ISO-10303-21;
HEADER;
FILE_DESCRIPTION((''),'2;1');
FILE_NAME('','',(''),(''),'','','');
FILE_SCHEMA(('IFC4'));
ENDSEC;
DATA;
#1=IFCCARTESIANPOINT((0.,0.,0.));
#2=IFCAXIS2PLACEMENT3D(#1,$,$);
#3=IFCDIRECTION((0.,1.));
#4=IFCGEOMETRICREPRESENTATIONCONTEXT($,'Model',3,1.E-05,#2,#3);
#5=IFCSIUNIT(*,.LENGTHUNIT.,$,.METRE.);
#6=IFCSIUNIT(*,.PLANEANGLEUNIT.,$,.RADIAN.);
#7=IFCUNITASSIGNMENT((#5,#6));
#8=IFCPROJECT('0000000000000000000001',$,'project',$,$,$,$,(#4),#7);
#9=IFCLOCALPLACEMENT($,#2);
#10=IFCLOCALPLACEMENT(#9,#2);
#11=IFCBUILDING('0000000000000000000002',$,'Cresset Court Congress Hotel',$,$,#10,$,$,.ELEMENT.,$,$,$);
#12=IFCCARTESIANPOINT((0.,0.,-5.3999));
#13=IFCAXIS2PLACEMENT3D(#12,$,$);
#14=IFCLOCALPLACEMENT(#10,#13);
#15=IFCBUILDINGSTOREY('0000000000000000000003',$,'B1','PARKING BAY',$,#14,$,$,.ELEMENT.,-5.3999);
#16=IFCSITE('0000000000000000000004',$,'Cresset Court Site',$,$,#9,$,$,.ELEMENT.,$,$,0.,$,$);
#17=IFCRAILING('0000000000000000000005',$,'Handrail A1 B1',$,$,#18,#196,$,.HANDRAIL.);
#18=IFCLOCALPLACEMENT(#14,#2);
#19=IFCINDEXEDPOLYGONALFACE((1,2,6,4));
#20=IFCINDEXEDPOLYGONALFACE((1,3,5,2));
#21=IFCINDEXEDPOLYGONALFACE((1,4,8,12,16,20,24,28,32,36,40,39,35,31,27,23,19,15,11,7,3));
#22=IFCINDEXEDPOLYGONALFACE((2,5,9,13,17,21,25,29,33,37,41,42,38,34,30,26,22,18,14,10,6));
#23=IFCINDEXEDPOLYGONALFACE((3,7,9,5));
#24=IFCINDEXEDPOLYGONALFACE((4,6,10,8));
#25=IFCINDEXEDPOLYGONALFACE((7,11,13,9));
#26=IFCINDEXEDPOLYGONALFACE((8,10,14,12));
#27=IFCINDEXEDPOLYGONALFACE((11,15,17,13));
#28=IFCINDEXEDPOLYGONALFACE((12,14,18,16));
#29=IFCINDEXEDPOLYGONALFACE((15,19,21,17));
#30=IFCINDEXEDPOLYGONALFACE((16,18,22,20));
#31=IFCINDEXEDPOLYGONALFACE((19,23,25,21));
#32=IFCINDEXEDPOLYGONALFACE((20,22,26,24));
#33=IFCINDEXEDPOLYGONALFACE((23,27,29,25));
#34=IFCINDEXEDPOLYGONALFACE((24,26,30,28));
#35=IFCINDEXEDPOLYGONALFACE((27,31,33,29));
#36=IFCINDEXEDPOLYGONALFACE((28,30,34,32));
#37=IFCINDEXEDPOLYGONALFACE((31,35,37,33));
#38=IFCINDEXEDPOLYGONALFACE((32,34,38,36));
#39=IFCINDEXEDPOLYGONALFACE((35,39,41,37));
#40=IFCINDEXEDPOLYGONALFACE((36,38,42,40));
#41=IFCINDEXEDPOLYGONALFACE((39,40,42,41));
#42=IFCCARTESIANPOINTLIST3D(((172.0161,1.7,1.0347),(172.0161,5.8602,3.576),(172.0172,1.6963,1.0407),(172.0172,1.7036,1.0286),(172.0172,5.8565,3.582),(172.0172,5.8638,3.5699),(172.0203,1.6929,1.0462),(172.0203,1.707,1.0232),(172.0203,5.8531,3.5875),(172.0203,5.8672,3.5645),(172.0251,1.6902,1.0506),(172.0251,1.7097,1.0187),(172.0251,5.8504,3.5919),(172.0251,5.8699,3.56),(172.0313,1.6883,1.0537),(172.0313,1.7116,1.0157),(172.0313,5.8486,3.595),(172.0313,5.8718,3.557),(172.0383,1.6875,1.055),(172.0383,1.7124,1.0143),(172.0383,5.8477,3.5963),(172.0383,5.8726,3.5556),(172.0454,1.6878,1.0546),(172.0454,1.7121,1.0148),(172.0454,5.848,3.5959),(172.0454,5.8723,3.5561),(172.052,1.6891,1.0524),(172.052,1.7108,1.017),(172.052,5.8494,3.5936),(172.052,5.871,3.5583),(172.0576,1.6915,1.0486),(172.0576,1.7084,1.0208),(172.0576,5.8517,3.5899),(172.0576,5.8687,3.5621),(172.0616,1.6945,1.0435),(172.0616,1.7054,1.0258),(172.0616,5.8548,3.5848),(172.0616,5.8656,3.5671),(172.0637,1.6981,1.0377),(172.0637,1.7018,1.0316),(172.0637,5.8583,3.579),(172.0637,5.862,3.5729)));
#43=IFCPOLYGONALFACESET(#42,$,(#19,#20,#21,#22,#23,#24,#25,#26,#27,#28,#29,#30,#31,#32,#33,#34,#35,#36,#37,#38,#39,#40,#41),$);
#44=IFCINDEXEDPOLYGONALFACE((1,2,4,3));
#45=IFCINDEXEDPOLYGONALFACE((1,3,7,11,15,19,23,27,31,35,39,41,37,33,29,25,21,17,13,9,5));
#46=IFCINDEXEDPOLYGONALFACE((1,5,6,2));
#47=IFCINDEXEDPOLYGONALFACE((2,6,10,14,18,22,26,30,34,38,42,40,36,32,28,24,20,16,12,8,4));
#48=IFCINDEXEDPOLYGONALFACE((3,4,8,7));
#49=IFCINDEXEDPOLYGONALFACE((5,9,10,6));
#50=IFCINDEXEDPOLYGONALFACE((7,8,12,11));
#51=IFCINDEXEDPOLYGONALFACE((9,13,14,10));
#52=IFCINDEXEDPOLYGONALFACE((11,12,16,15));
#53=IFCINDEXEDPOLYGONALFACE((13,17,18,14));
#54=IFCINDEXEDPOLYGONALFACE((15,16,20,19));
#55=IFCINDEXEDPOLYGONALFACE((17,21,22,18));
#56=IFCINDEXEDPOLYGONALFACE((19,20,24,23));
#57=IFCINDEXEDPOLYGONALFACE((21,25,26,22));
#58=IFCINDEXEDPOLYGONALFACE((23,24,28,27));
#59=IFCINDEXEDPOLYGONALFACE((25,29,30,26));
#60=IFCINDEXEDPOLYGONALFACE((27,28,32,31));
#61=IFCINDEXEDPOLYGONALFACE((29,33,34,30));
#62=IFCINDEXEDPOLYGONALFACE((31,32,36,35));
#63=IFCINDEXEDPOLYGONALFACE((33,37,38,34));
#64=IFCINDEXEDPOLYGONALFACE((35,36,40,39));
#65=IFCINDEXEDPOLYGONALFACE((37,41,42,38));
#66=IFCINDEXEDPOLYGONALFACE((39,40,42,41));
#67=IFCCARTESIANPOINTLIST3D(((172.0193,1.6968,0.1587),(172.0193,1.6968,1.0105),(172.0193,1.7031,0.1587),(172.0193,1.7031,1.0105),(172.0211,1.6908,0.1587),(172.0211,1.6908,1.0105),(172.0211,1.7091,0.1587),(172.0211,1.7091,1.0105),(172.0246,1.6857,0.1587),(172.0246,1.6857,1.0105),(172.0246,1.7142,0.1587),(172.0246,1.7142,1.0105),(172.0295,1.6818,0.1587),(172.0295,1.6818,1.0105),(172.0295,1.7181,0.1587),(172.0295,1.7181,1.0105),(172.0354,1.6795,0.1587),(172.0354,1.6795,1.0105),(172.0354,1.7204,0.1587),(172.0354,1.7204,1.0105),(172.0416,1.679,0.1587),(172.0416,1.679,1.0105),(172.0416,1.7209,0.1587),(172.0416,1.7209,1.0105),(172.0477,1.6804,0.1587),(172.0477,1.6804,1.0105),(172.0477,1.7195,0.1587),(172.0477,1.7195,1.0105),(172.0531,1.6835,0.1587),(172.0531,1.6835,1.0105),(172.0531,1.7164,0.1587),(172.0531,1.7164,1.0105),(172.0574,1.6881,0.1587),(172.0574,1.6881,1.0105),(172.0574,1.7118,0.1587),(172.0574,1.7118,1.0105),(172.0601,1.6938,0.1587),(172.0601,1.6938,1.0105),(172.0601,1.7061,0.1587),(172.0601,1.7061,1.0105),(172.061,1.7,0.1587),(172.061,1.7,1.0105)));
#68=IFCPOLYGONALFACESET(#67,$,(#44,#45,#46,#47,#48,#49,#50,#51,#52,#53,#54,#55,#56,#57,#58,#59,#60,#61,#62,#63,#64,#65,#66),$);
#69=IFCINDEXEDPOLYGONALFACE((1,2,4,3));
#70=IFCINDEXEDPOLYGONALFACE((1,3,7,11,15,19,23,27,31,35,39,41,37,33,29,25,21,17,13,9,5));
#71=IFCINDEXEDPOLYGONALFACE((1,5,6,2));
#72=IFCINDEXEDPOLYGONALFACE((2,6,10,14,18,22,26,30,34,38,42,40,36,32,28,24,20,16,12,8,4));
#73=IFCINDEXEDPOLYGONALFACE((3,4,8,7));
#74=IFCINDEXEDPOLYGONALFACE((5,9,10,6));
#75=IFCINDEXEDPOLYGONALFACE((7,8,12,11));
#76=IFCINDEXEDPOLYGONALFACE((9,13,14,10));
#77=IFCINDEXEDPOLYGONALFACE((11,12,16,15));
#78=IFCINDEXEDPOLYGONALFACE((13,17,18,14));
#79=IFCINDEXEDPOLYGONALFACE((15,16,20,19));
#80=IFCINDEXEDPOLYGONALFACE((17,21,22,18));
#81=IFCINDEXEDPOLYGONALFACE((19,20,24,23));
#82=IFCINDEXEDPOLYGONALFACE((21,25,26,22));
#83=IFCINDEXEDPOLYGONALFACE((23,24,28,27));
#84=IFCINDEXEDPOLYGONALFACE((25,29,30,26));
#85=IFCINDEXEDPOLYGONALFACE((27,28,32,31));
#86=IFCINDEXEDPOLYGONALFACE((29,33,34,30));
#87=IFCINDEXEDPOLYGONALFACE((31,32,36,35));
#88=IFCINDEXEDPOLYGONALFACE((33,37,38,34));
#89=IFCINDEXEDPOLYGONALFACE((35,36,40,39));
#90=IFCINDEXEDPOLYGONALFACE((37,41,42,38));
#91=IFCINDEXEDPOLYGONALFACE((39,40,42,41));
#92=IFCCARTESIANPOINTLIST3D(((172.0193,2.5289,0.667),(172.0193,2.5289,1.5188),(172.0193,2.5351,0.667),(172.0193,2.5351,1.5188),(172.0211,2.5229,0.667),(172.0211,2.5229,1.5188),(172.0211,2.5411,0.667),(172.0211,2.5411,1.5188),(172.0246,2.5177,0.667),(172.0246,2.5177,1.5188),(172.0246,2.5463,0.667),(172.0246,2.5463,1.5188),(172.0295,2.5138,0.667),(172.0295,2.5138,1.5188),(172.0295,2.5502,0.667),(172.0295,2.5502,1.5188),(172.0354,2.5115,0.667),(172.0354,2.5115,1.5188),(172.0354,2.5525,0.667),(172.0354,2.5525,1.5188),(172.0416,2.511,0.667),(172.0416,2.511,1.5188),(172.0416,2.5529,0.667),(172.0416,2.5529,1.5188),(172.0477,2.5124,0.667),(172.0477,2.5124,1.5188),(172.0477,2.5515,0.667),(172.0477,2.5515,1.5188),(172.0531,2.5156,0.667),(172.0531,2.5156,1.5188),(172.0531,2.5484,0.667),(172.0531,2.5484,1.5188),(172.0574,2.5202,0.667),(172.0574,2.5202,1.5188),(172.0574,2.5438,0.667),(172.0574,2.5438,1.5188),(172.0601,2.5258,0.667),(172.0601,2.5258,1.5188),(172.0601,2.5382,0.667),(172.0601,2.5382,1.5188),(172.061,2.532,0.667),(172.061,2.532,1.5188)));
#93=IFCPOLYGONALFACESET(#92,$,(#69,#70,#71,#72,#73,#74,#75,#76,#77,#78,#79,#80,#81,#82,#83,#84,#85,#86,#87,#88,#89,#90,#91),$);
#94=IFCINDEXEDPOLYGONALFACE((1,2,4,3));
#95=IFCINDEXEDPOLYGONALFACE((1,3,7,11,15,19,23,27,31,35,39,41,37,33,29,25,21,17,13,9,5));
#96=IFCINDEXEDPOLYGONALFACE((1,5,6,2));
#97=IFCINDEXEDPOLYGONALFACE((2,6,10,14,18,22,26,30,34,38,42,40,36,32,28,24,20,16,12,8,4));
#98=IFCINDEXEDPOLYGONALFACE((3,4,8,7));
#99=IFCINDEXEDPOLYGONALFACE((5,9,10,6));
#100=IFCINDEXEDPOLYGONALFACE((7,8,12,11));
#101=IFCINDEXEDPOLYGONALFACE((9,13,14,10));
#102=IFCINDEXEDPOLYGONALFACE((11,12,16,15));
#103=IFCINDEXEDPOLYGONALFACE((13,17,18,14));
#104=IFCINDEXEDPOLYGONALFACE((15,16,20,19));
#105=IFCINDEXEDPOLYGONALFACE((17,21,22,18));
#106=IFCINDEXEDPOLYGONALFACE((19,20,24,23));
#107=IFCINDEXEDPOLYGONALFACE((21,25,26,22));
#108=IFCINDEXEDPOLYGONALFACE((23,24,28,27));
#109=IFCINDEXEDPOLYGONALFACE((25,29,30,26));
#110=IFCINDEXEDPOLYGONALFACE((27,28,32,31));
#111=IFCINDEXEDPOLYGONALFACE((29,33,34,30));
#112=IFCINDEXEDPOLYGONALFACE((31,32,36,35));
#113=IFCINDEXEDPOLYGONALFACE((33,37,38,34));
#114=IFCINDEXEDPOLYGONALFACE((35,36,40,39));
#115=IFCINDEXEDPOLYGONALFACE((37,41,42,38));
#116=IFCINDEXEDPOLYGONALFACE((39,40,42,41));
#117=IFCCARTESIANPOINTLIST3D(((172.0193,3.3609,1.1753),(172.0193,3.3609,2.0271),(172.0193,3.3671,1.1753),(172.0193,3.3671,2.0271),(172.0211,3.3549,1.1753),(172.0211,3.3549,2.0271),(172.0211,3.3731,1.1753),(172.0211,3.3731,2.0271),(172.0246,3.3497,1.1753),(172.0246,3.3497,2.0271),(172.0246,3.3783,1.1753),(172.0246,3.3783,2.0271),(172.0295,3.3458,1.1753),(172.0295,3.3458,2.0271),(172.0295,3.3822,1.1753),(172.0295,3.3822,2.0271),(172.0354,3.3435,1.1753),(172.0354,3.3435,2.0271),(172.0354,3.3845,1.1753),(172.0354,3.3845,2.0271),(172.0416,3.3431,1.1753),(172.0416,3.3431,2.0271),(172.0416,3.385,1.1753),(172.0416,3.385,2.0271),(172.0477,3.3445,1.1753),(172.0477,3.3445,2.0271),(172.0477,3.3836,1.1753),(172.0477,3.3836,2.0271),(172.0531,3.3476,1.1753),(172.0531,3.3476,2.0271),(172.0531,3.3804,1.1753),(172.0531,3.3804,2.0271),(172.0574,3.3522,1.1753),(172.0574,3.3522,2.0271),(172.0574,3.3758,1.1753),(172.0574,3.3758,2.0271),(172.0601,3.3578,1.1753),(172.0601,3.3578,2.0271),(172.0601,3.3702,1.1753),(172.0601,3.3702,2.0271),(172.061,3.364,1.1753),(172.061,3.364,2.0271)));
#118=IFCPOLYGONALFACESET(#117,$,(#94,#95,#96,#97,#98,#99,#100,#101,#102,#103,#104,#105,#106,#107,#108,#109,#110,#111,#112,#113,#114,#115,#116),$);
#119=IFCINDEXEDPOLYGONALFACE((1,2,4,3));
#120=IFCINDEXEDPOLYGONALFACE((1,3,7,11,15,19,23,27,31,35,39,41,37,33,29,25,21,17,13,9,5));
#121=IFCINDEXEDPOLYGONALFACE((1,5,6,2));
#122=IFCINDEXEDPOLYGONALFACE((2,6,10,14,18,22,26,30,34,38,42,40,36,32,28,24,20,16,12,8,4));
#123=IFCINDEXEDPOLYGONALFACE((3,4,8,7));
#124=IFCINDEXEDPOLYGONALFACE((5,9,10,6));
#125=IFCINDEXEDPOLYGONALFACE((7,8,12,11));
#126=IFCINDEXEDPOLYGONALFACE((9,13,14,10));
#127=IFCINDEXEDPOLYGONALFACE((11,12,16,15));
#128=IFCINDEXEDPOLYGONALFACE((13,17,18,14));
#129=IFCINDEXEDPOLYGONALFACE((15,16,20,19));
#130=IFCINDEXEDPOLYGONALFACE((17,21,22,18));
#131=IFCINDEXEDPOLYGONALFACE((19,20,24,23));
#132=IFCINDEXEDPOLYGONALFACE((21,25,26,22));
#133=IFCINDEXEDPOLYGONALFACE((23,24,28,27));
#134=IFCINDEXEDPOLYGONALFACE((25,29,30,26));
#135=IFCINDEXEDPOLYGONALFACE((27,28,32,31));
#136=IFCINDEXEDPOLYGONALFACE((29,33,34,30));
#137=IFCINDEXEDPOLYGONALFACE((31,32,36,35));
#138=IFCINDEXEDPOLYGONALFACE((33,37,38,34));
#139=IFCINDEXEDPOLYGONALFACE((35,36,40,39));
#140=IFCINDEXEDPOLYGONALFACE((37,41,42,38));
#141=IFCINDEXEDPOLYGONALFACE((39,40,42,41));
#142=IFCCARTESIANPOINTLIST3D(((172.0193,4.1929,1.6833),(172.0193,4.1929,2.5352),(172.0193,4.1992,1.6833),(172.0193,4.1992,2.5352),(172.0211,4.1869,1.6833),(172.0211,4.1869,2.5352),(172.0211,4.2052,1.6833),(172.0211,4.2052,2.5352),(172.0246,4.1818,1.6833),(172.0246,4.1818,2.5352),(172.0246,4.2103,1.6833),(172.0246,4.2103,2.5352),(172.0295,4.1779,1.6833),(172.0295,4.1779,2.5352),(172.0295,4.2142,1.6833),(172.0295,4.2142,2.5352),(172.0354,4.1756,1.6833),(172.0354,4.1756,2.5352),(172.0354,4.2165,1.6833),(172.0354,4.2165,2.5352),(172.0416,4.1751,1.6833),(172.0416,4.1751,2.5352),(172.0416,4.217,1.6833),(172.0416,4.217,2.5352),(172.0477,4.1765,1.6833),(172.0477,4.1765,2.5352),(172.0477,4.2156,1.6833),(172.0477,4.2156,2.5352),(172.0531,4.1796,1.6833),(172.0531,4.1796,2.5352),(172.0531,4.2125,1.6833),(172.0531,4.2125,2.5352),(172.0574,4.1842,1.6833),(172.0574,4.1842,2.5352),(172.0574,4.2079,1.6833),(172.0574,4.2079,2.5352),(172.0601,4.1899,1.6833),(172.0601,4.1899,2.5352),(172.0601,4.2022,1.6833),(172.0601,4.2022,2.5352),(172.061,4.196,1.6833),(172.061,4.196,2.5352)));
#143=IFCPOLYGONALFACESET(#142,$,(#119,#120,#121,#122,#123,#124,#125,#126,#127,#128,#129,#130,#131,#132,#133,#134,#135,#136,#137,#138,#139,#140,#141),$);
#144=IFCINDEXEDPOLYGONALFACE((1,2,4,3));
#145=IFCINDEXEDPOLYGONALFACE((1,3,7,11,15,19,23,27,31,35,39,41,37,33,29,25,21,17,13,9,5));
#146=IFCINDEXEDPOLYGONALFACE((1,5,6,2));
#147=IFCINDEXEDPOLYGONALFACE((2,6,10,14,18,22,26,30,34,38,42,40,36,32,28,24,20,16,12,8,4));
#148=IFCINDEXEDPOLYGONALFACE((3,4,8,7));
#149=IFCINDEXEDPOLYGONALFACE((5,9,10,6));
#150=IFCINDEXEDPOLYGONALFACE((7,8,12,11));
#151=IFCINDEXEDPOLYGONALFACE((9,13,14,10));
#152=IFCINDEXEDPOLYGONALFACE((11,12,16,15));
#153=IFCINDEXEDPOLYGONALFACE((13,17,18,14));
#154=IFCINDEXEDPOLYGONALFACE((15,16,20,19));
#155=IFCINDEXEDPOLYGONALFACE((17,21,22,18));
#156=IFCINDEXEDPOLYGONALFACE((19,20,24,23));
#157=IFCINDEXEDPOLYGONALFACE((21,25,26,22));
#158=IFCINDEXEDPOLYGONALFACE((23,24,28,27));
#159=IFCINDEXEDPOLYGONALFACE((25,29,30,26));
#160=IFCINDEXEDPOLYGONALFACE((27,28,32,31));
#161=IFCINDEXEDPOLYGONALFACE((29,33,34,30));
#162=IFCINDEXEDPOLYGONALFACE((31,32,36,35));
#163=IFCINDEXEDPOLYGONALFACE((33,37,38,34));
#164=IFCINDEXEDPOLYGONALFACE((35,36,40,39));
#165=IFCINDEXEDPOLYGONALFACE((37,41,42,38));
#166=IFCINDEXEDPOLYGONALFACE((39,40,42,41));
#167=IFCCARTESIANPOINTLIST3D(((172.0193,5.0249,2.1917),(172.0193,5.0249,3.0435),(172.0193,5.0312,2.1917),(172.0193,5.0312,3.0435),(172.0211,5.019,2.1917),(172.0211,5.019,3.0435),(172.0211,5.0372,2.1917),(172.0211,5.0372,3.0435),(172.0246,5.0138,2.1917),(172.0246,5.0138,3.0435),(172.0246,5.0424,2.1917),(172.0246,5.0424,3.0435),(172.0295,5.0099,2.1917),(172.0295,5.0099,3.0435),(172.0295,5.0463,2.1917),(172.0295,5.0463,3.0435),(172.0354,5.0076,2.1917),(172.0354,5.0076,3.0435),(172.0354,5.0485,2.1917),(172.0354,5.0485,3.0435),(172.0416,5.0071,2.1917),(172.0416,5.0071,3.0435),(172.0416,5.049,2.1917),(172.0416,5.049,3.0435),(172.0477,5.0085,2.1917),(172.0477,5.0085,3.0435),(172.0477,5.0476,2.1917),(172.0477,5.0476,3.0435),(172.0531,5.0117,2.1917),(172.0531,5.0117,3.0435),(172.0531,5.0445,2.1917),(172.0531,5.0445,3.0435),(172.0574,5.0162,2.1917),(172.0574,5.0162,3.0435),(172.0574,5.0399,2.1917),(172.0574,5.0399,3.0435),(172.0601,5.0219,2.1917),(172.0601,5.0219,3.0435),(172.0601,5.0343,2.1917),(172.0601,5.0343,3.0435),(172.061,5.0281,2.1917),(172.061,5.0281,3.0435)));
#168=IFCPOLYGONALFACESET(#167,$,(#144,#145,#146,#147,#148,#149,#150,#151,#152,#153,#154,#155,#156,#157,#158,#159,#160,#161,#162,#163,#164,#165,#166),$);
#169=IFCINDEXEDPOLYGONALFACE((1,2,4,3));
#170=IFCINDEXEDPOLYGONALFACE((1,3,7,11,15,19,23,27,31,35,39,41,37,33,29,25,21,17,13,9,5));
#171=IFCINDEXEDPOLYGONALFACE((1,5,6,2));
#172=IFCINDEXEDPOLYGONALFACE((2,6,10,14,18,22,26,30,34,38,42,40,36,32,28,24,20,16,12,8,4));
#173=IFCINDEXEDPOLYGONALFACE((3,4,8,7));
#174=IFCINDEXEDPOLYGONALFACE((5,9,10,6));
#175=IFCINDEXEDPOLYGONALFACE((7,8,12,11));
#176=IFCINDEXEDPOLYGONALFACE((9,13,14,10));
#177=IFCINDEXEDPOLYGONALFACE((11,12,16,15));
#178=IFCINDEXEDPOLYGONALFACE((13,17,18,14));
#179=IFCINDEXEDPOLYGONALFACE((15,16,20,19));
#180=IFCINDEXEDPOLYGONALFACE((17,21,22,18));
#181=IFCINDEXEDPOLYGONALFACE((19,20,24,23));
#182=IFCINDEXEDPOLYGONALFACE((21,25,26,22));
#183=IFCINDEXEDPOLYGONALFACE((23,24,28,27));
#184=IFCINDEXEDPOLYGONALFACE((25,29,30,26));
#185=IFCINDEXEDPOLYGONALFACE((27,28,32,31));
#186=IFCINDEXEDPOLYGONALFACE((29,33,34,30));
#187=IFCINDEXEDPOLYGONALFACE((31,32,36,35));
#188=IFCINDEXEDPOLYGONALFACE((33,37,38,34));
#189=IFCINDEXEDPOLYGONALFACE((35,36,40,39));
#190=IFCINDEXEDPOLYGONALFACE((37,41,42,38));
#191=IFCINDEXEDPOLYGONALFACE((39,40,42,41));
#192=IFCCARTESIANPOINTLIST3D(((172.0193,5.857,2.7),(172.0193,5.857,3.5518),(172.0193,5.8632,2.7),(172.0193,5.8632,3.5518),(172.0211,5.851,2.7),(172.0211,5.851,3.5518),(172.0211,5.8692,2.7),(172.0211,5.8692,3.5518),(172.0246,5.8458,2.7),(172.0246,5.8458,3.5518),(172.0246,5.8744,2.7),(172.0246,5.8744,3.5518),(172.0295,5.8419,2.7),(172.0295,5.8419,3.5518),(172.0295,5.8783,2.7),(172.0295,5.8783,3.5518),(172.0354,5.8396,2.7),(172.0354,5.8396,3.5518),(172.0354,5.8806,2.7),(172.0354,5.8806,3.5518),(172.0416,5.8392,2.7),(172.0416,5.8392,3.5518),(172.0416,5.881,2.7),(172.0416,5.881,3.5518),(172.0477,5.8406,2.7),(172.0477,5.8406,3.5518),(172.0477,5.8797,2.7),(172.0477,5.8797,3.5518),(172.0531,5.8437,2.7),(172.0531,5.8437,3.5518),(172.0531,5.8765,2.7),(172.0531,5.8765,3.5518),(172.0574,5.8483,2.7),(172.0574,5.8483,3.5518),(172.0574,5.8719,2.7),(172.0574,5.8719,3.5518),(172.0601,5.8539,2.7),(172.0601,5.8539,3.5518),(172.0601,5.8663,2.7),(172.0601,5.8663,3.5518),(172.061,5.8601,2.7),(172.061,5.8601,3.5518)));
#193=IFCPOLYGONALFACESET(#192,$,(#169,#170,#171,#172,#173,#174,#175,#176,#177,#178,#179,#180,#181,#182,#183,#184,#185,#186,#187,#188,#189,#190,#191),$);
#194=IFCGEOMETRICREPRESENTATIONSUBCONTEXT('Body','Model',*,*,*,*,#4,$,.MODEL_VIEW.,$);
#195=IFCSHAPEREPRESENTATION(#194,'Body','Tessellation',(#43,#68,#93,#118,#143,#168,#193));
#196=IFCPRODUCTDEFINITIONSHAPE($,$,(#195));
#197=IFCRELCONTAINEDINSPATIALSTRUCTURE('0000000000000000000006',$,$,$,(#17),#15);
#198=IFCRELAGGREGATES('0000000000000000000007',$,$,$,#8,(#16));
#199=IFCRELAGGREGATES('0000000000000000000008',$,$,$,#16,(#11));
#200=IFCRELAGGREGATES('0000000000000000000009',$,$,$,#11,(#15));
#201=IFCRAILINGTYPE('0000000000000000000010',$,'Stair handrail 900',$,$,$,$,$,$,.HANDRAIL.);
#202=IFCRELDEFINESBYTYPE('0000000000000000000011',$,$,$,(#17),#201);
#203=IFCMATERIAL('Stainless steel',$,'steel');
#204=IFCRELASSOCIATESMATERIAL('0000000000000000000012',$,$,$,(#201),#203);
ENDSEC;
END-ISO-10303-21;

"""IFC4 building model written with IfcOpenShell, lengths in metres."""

from ifc_helpers import new_model, si_unit, direction, frame, origin, origin_2d, place, context, subcontext, project, spatial, circle, extrude, material, type_object, element, save


model = new_model("IFC4")

# Units and contexts
model_context = context("Model", 3, precision=1e-05, world=origin(), true_north=direction((0.0, 1.0)))
body_context = subcontext(model_context, "Body", "Model", "MODEL_VIEW")
ifc_project = project(units=[si_unit("LENGTHUNIT", "METRE"), si_unit("PLANEANGLEUNIT", "RADIAN")], contexts=[model_context])

# Site, building, storey
site_placement = place(None, origin())
site = spatial("IfcSite", under=ifc_project, at=site_placement, Name="Cresset Court Site", CompositionType="ELEMENT", RefElevation=0.0)
building_placement = place(site_placement, origin())
building = spatial("IfcBuilding", under=site, at=building_placement, Name="Cresset Court Congress Hotel", CompositionType="ELEMENT")
storey_placement = place(building_placement, frame((0.0, 0.0, -5.3999)))
storey = spatial("IfcBuildingStorey", under=building, at=storey_placement, Name="B1", Description="PARKING BAY", CompositionType="ELEMENT", Elevation=-5.3999)

# Railing
ifc_material_1 = material(Name="Stainless steel", Category="steel")
railing_type_1 = type_object("IfcRailingType", Name="Stair handrail 900", PredefinedType="HANDRAIL", material=ifc_material_1)
for number, where, name in (
    (1, (172.04, 1.7, 0.1587), "Handrail A1 B1"),
):
    element("IfcRailing", number, at=place(storey_placement, frame(where)), inside=storey, type_object=railing_type_1, Name=name, PredefinedType="HANDRAIL", context=body_context, shape_type="SweptSolid", body=[
        extrude(circle(Radius=0.0239, at=origin_2d()), frame((0.0, 0.0, 0.876), z_axis=(0.0, 0.853378, 0.521292), x_axis=(-1.0, 0.0, 0.0)), (0.0, 0.0, 1.0), 4.875),
        extrude(circle(Radius=0.021, at=origin_2d()), origin(), (0.0, 0.0, 1.0), 0.8518),
        extrude(circle(Radius=0.021, at=origin_2d()), frame((0.0, 0.832, 0.5083)), (0.0, 0.0, 1.0), 0.8518),
        extrude(circle(Radius=0.021, at=origin_2d()), frame((0.0, 1.6641, 1.0166)), (0.0, 0.0, 1.0), 0.8518),
        extrude(circle(Radius=0.021, at=origin_2d()), frame((0.0, 2.4961, 1.5247)), (0.0, 0.0, 1.0), 0.8518),
        extrude(circle(Radius=0.021, at=origin_2d()), frame((0.0, 3.3281, 2.033)), (0.0, 0.0, 1.0), 0.8518),
        extrude(circle(Radius=0.021, at=origin_2d()), frame((0.0, 4.1602, 2.5413)), (0.0, 0.0, 1.0), 0.8518),
    ])

save(model, "model.ifc")
